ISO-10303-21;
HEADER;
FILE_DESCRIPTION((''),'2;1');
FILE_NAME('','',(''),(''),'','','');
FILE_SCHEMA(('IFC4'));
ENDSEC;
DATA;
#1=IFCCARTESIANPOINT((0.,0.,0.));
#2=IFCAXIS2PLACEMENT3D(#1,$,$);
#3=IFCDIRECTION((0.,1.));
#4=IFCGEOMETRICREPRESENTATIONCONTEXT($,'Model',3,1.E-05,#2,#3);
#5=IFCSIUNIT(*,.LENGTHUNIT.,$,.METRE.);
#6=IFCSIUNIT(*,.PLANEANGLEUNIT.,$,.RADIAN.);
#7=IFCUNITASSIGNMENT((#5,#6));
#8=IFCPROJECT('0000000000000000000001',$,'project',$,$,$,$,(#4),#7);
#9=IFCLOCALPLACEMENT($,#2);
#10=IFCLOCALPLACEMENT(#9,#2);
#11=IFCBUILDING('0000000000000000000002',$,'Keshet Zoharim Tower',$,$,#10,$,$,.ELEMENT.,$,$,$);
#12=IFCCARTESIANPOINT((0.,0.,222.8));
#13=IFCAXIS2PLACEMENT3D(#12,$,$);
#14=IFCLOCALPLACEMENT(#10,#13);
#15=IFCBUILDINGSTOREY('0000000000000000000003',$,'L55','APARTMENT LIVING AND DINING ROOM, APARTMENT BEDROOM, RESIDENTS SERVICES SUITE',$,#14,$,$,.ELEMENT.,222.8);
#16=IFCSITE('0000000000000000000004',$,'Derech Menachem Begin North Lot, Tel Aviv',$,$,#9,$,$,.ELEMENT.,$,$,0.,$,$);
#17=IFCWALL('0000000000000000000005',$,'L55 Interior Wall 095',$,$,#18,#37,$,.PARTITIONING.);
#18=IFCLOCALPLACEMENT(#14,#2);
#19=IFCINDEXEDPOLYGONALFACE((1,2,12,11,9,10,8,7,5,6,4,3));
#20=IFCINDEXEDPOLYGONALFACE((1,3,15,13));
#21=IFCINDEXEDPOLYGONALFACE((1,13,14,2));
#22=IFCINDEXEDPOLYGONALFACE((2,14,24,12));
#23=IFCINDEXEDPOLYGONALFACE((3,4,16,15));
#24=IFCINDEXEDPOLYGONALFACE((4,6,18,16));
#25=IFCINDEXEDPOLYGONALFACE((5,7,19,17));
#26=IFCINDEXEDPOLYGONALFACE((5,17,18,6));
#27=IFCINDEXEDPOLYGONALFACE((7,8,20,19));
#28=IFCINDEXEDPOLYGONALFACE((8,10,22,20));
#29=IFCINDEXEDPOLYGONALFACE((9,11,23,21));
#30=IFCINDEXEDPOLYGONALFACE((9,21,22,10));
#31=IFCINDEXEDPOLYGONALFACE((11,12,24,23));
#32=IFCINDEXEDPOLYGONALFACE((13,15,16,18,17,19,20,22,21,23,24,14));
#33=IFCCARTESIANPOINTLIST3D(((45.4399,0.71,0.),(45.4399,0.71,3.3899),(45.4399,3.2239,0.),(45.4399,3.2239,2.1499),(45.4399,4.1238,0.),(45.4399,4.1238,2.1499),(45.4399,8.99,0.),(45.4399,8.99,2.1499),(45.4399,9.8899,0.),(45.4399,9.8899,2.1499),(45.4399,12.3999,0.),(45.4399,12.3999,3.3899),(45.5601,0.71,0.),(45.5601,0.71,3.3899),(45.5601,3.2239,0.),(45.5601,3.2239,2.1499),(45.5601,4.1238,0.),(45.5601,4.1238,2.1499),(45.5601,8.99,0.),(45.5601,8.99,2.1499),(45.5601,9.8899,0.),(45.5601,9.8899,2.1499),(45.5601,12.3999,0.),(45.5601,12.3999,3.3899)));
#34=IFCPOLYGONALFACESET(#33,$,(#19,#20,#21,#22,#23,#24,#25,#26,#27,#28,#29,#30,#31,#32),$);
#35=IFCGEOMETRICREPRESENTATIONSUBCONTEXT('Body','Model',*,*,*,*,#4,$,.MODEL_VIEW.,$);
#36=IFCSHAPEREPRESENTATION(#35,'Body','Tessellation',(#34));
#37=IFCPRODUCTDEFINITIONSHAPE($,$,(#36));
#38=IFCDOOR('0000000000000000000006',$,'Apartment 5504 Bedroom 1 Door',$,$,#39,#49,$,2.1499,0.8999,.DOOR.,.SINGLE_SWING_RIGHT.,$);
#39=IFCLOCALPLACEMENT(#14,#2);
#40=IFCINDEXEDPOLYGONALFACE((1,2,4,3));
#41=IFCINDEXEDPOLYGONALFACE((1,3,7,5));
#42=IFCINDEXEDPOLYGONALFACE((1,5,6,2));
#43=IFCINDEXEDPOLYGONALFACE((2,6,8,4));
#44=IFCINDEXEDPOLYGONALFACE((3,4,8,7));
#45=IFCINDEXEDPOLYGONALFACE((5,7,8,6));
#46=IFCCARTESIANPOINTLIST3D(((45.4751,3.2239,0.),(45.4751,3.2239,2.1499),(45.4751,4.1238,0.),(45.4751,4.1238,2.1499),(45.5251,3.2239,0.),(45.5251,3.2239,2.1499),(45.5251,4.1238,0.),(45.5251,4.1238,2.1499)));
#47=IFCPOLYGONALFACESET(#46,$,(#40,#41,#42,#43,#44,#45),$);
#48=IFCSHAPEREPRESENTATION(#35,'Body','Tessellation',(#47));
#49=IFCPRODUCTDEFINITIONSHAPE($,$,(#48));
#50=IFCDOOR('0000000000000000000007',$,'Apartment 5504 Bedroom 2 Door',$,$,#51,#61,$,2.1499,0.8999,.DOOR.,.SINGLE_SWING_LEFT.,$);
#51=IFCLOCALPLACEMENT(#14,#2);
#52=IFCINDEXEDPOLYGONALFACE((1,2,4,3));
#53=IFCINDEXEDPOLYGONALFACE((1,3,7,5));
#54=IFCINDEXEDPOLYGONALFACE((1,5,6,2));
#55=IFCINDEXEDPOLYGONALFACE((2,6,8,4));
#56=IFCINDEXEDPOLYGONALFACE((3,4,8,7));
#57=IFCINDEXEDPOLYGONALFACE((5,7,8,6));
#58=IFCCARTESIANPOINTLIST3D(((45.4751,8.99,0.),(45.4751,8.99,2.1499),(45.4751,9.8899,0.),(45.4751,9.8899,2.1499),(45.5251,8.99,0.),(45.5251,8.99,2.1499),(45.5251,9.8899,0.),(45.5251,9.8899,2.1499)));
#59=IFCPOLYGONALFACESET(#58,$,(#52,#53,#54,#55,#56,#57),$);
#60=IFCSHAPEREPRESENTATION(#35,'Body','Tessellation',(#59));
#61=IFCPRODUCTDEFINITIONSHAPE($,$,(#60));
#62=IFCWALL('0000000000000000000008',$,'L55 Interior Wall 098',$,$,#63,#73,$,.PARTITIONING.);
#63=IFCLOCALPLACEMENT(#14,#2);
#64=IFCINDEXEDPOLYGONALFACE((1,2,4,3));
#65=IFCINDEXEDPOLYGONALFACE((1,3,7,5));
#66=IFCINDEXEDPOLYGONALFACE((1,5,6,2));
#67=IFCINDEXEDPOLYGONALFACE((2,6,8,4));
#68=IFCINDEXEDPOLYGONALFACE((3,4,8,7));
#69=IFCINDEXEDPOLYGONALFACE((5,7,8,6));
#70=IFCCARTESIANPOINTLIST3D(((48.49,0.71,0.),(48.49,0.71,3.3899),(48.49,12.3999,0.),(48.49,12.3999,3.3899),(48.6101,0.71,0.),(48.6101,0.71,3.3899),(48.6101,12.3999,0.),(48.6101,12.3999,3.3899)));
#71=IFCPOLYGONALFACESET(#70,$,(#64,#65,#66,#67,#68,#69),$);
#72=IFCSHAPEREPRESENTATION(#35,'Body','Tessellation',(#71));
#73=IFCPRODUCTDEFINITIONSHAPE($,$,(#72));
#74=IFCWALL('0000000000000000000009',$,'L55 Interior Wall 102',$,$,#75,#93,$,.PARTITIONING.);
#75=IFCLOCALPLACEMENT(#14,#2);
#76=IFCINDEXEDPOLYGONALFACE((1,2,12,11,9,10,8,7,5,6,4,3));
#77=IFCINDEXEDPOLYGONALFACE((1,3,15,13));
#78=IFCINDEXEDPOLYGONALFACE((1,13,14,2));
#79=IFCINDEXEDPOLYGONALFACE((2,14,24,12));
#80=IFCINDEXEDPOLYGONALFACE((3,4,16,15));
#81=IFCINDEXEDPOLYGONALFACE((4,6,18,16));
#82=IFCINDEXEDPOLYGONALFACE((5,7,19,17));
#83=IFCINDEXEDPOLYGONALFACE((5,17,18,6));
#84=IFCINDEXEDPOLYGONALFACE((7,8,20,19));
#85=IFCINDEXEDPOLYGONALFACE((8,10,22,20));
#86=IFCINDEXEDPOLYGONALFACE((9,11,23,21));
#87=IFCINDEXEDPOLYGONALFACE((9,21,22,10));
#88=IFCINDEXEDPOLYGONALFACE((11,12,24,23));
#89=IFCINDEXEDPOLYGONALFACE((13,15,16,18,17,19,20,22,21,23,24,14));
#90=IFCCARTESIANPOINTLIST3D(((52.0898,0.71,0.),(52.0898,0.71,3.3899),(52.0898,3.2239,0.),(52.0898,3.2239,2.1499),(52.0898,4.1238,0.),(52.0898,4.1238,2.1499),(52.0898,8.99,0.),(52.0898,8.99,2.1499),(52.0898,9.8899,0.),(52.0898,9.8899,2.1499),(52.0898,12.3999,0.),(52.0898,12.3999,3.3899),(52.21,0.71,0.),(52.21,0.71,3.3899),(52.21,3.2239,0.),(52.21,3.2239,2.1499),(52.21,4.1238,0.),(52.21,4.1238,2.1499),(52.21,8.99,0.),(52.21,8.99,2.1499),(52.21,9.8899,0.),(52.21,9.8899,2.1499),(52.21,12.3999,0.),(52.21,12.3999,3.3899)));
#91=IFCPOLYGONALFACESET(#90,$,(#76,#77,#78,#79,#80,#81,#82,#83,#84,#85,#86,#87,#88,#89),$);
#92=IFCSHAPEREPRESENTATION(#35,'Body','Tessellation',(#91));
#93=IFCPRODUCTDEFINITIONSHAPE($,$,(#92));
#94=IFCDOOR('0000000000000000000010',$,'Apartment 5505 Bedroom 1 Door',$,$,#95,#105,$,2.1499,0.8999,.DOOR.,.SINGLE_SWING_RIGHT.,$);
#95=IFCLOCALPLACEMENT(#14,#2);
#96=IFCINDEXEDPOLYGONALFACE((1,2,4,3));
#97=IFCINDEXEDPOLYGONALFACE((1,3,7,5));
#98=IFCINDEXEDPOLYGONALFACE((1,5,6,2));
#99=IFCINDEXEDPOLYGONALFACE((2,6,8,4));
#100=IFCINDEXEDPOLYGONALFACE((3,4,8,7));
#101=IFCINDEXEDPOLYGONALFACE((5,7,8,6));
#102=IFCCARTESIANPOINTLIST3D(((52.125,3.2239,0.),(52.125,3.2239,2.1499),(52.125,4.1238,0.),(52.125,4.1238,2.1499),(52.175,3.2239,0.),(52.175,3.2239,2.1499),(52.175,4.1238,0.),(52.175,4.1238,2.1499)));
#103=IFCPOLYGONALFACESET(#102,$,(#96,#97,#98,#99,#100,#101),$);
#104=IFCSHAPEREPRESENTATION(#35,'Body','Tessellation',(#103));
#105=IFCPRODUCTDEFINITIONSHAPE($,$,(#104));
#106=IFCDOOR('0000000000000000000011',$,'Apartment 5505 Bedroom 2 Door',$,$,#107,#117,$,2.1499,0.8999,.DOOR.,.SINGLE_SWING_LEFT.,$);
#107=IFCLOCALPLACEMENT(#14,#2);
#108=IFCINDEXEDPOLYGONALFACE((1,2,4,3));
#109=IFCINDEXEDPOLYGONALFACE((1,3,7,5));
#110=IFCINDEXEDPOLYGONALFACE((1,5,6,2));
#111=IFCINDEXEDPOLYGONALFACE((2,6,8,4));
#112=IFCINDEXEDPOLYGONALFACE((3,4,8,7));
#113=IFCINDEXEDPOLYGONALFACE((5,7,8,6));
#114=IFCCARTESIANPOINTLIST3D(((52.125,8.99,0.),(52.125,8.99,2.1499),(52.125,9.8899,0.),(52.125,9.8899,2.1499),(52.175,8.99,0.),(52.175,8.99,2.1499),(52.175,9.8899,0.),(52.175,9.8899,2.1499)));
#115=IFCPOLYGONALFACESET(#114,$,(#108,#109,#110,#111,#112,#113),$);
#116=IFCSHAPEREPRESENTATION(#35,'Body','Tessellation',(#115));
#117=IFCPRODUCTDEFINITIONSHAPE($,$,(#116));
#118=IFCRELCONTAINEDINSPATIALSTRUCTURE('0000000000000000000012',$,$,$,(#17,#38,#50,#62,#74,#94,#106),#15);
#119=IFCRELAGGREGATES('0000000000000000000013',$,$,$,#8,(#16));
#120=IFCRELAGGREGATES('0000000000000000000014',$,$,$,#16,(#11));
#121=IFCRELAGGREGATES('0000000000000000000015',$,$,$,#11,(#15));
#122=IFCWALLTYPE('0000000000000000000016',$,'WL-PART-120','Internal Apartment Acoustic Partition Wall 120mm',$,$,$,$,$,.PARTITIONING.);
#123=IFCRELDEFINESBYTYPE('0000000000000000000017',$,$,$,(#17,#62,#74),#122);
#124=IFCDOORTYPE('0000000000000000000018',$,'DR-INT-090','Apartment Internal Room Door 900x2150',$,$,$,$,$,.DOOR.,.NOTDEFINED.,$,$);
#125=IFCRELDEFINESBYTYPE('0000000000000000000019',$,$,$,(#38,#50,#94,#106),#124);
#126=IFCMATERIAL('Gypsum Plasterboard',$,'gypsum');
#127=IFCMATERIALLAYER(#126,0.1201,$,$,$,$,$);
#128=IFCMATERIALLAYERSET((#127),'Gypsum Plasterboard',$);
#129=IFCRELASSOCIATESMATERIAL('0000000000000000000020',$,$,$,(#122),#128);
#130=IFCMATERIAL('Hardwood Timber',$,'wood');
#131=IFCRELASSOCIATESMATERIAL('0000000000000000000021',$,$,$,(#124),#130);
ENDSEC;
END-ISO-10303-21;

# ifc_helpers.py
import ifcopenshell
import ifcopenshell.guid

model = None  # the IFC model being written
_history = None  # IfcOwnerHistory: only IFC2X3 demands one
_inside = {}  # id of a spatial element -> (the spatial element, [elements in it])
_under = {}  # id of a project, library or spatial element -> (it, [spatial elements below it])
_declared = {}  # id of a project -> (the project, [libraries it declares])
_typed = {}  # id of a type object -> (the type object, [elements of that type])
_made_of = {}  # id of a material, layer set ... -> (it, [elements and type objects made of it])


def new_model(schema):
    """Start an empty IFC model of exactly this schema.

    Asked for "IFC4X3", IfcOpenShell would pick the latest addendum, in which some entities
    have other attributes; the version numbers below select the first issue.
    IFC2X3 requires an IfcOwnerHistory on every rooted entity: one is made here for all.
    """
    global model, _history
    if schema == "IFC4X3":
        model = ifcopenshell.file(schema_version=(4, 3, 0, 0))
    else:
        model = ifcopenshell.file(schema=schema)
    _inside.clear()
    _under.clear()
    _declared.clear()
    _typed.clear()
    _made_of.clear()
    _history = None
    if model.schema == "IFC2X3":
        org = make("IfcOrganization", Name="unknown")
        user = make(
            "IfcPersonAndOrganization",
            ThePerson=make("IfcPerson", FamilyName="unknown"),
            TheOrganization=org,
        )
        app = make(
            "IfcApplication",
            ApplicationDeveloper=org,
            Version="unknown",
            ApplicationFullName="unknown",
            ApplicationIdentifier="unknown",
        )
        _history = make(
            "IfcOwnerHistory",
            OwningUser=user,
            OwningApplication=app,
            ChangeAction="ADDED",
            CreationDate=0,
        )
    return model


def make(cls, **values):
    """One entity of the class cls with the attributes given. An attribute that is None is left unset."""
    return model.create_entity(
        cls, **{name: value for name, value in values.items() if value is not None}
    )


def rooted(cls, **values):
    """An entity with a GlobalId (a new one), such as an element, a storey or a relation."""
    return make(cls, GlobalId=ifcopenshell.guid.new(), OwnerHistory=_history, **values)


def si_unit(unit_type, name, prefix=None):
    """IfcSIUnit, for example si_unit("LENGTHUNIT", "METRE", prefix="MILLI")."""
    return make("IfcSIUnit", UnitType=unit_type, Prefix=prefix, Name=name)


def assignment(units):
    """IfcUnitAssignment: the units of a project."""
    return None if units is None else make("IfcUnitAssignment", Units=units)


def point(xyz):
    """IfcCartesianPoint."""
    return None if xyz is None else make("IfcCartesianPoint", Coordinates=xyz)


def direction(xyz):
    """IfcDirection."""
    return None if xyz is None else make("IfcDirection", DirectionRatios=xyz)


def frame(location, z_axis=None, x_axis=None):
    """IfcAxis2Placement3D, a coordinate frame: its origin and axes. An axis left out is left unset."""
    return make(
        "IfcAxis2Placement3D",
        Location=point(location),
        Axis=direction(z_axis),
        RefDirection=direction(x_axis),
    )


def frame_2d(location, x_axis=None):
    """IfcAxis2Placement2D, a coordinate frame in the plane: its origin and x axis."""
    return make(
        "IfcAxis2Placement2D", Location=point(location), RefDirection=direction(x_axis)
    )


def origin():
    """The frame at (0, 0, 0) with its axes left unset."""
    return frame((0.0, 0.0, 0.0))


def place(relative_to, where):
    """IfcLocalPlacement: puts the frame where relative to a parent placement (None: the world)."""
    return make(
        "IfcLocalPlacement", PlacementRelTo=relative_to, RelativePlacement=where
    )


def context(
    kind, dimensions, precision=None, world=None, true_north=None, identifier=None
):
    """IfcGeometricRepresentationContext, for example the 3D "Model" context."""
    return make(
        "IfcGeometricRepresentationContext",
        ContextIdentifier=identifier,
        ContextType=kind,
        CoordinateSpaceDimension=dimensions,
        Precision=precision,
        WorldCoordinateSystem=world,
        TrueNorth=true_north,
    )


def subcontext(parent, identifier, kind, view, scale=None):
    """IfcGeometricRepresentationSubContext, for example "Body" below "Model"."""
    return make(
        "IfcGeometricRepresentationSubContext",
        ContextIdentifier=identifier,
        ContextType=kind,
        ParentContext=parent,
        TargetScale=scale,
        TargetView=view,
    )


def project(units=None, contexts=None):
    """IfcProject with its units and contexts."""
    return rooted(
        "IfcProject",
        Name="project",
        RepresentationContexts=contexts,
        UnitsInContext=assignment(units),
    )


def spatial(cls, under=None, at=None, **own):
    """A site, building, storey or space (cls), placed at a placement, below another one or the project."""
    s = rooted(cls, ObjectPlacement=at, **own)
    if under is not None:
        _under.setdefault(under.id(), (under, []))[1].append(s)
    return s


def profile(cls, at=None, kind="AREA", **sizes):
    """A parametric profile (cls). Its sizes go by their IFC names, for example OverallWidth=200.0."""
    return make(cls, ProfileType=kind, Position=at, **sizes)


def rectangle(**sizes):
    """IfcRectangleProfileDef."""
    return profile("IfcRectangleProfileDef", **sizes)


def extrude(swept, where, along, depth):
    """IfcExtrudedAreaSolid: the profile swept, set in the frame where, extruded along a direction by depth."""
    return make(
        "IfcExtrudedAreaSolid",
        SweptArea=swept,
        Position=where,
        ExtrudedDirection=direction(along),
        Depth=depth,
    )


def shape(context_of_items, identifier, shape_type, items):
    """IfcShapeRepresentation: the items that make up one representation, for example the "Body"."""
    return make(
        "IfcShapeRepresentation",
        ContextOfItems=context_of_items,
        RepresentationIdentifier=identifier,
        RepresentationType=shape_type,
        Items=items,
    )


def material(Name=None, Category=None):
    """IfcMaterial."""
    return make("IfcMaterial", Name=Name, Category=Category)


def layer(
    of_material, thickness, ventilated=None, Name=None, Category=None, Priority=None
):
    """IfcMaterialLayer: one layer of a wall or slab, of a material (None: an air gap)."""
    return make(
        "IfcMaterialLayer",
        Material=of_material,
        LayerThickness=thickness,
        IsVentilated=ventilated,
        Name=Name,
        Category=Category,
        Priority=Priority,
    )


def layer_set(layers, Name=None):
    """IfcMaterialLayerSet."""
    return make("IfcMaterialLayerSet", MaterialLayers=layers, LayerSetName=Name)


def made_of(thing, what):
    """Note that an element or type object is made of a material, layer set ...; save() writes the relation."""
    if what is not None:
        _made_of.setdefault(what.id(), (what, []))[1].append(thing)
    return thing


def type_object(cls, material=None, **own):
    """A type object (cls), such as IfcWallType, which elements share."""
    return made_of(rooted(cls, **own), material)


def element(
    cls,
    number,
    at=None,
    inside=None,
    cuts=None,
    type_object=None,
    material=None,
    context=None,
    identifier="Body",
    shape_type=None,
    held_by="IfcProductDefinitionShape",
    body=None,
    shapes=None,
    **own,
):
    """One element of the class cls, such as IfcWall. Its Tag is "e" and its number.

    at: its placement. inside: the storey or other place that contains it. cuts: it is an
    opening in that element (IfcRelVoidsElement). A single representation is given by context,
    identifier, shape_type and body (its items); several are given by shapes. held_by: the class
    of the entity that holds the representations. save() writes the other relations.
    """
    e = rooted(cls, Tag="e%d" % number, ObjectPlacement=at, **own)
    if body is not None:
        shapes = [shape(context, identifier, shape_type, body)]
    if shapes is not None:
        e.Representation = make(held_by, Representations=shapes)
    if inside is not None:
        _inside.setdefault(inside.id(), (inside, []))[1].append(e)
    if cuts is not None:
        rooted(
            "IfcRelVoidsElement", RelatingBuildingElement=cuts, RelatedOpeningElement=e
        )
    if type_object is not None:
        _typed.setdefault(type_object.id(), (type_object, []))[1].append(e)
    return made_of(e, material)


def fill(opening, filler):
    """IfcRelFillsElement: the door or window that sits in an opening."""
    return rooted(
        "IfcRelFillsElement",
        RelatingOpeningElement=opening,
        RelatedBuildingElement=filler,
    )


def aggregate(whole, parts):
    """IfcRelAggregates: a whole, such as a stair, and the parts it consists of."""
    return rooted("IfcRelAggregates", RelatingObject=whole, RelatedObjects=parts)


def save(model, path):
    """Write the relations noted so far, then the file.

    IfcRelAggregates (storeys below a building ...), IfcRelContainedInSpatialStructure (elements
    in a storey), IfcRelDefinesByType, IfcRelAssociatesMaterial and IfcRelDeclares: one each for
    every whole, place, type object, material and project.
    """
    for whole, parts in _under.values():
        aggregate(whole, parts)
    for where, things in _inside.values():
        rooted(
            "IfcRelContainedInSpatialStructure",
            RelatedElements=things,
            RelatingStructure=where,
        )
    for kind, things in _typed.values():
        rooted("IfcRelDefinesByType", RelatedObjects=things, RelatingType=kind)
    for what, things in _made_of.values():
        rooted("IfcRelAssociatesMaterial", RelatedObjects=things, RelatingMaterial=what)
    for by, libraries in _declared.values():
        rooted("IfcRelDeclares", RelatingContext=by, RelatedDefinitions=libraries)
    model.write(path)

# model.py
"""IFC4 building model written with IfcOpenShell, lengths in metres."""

from ifc_helpers import new_model, si_unit, direction, frame, frame_2d, origin, place, context, subcontext, project, spatial, rectangle, extrude, material, layer, layer_set, type_object, element, fill, save


model = new_model("IFC4")

# Units and contexts
model_context = context("Model", 3, precision=1e-05, world=origin(), true_north=direction((0.0, 1.0)))
body_context = subcontext(model_context, "Body", "Model", "MODEL_VIEW")
ifc_project = project(units=[si_unit("LENGTHUNIT", "METRE"), si_unit("PLANEANGLEUNIT", "RADIAN")], contexts=[model_context])

# Site, building, storey
site_placement = place(None, origin())
site = spatial("IfcSite", under=ifc_project, at=site_placement, Name="Derech Menachem Begin North Lot, Tel Aviv", CompositionType="ELEMENT", RefElevation=0.0)
building_placement = place(site_placement, origin())
building = spatial("IfcBuilding", under=site, at=building_placement, Name="Keshet Zoharim Tower", CompositionType="ELEMENT")
storey_placement = place(building_placement, frame((0.0, 0.0, 222.8)))
storey = spatial("IfcBuildingStorey", under=building, at=storey_placement, Name="L55", Description="APARTMENT LIVING AND DINING ROOM, APARTMENT BEDROOM, RESIDENTS SERVICES SUITE", CompositionType="ELEMENT", Elevation=222.8)

# Wall, openings, doors
ifc_material_1 = material(Name="Gypsum Plasterboard", Category="gypsum")
ifc_layer_1 = layer(ifc_material_1, 0.1201)
ifc_layer_set_1 = layer_set([ifc_layer_1], Name="Gypsum Plasterboard")
wall_type = type_object("IfcWallType", Name="WL-PART-120", Description="Internal Apartment Acoustic Partition Wall 120mm", PredefinedType="PARTITIONING", material=ifc_layer_set_1)
wall_1_placement = place(storey_placement, frame((45.5, 0.71, 0.0), z_axis=(0.0, 0.0, 1.0), x_axis=(0.0, 1.0, 0.0)))
wall_1 = element("IfcWall", 1, at=wall_1_placement, inside=storey, type_object=wall_type, Name="L55 Interior Wall 095", PredefinedType="PARTITIONING", context=body_context, shape_type="SweptSolid", body=[
    extrude(rectangle(XDim=11.6899, YDim=0.1201, at=frame_2d((5.845, 0.0))), origin(), (0.0, 0.0, 1.0), 3.3899),
])
opening_1_placement = place(wall_1_placement, frame((2.5139, 0.0, 0.0)))
opening_1 = element("IfcOpeningElement", 2, at=opening_1_placement, cuts=wall_1, PredefinedType="OPENING", context=body_context, shape_type="SweptSolid", body=[
    extrude(rectangle(XDim=0.8999, YDim=2.1499, at=frame_2d((0.45, 1.075))), frame((0.0, 0.0701, 0.0), z_axis=(0.0, -1.0, 0.0), x_axis=(1.0, 0.0, 0.0)), (0.0, 0.0, 1.0), 0.1401),
])
opening_2_placement = place(wall_1_placement, frame((8.28, 0.0, 0.0)))
opening_2 = element("IfcOpeningElement", 3, at=opening_2_placement, cuts=wall_1, PredefinedType="OPENING", context=body_context, shape_type="SweptSolid", body=[
    extrude(rectangle(XDim=0.8999, YDim=2.1499, at=frame_2d((0.45, 1.075))), frame((0.0, 0.0701, 0.0), z_axis=(0.0, -1.0, 0.0), x_axis=(1.0, 0.0, 0.0)), (0.0, 0.0, 1.0), 0.1401),
])
ifc_material_2 = material(Name="Hardwood Timber", Category="wood")
door_type = type_object("IfcDoorType", Name="DR-INT-090", Description="Apartment Internal Room Door 900x2150", OperationType="NOTDEFINED", PredefinedType="DOOR", material=ifc_material_2)
door_1_placement = place(opening_1_placement, origin())
door_1 = element("IfcDoor", 4, at=door_1_placement, inside=storey, type_object=door_type, Name="Apartment 5504 Bedroom 1 Door", OperationType="SINGLE_SWING_RIGHT", OverallHeight=2.1499, OverallWidth=0.8999, PredefinedType="DOOR", context=body_context, shape_type="SweptSolid", body=[
    extrude(rectangle(XDim=0.8999, YDim=2.1499, at=frame_2d((0.45, 1.075))), frame((0.0, 0.0249, 0.0), z_axis=(0.0, -1.0, 0.0), x_axis=(1.0, 0.0, 0.0)), (0.0, 0.0, 1.0), 0.05),
])
fill(opening_1, door_1)
door_2_placement = place(opening_2_placement, origin())
door_2 = element("IfcDoor", 5, at=door_2_placement, inside=storey, type_object=door_type, Name="Apartment 5504 Bedroom 2 Door", OperationType="SINGLE_SWING_LEFT", OverallHeight=2.1499, OverallWidth=0.8999, PredefinedType="DOOR", context=body_context, shape_type="SweptSolid", body=[
    extrude(rectangle(XDim=0.8999, YDim=2.1499, at=frame_2d((0.45, 1.075))), frame((0.0, 0.0249, 0.0), z_axis=(0.0, -1.0, 0.0), x_axis=(1.0, 0.0, 0.0)), (0.0, 0.0, 1.0), 0.05),
])
fill(opening_2, door_2)

# Wall
wall_2_placement = place(storey_placement, frame((48.55, 0.71, 0.0), z_axis=(0.0, 0.0, 1.0), x_axis=(0.0, 1.0, 0.0)))
element("IfcWall", 6, at=wall_2_placement, inside=storey, type_object=wall_type, Name="L55 Interior Wall 098", PredefinedType="PARTITIONING", context=body_context, shape_type="SweptSolid", body=[
    extrude(rectangle(XDim=11.6899, YDim=0.1201, at=frame_2d((5.845, 0.0))), origin(), (0.0, 0.0, 1.0), 3.3899),
])

# Wall, openings, doors
wall_3_placement = place(storey_placement, frame((52.1499, 0.71, 0.0), z_axis=(0.0, 0.0, 1.0), x_axis=(0.0, 1.0, 0.0)))
wall_3 = element("IfcWall", 7, at=wall_3_placement, inside=storey, type_object=wall_type, Name="L55 Interior Wall 102", PredefinedType="PARTITIONING", context=body_context, shape_type="SweptSolid", body=[
    extrude(rectangle(XDim=11.6899, YDim=0.1201, at=frame_2d((5.845, 0.0))), origin(), (0.0, 0.0, 1.0), 3.3899),
])
opening_3_placement = place(wall_3_placement, frame((2.5139, 0.0, 0.0)))
opening_3 = element("IfcOpeningElement", 8, at=opening_3_placement, cuts=wall_3, PredefinedType="OPENING", context=body_context, shape_type="SweptSolid", body=[
    extrude(rectangle(XDim=0.8999, YDim=2.1499, at=frame_2d((0.45, 1.075))), frame((0.0, 0.0701, 0.0), z_axis=(0.0, -1.0, 0.0), x_axis=(1.0, 0.0, 0.0)), (0.0, 0.0, 1.0), 0.1401),
])
opening_4_placement = place(wall_3_placement, frame((8.28, 0.0, 0.0)))
opening_4 = element("IfcOpeningElement", 9, at=opening_4_placement, cuts=wall_3, PredefinedType="OPENING", context=body_context, shape_type="SweptSolid", body=[
    extrude(rectangle(XDim=0.8999, YDim=2.1499, at=frame_2d((0.45, 1.075))), frame((0.0, 0.0701, 0.0), z_axis=(0.0, -1.0, 0.0), x_axis=(1.0, 0.0, 0.0)), (0.0, 0.0, 1.0), 0.1401),
])
door_3_placement = place(opening_3_placement, origin())
door_3 = element("IfcDoor", 10, at=door_3_placement, inside=storey, type_object=door_type, Name="Apartment 5505 Bedroom 1 Door", OperationType="SINGLE_SWING_RIGHT", OverallHeight=2.1499, OverallWidth=0.8999, PredefinedType="DOOR", context=body_context, shape_type="SweptSolid", body=[
    extrude(rectangle(XDim=0.8999, YDim=2.1499, at=frame_2d((0.45, 1.075))), frame((0.0, 0.0249, 0.0), z_axis=(0.0, -1.0, 0.0), x_axis=(1.0, 0.0, 0.0)), (0.0, 0.0, 1.0), 0.05),
])
fill(opening_3, door_3)
door_4_placement = place(opening_4_placement, origin())
door_4 = element("IfcDoor", 11, at=door_4_placement, inside=storey, type_object=door_type, Name="Apartment 5505 Bedroom 2 Door", OperationType="SINGLE_SWING_LEFT", OverallHeight=2.1499, OverallWidth=0.8999, PredefinedType="DOOR", context=body_context, shape_type="SweptSolid", body=[
    extrude(rectangle(XDim=0.8999, YDim=2.1499, at=frame_2d((0.45, 1.075))), frame((0.0, 0.0249, 0.0), z_axis=(0.0, -1.0, 0.0), x_axis=(1.0, 0.0, 0.0)), (0.0, 0.0, 1.0), 0.05),
])
fill(opening_4, door_4)

save(model, "model.ifc")
